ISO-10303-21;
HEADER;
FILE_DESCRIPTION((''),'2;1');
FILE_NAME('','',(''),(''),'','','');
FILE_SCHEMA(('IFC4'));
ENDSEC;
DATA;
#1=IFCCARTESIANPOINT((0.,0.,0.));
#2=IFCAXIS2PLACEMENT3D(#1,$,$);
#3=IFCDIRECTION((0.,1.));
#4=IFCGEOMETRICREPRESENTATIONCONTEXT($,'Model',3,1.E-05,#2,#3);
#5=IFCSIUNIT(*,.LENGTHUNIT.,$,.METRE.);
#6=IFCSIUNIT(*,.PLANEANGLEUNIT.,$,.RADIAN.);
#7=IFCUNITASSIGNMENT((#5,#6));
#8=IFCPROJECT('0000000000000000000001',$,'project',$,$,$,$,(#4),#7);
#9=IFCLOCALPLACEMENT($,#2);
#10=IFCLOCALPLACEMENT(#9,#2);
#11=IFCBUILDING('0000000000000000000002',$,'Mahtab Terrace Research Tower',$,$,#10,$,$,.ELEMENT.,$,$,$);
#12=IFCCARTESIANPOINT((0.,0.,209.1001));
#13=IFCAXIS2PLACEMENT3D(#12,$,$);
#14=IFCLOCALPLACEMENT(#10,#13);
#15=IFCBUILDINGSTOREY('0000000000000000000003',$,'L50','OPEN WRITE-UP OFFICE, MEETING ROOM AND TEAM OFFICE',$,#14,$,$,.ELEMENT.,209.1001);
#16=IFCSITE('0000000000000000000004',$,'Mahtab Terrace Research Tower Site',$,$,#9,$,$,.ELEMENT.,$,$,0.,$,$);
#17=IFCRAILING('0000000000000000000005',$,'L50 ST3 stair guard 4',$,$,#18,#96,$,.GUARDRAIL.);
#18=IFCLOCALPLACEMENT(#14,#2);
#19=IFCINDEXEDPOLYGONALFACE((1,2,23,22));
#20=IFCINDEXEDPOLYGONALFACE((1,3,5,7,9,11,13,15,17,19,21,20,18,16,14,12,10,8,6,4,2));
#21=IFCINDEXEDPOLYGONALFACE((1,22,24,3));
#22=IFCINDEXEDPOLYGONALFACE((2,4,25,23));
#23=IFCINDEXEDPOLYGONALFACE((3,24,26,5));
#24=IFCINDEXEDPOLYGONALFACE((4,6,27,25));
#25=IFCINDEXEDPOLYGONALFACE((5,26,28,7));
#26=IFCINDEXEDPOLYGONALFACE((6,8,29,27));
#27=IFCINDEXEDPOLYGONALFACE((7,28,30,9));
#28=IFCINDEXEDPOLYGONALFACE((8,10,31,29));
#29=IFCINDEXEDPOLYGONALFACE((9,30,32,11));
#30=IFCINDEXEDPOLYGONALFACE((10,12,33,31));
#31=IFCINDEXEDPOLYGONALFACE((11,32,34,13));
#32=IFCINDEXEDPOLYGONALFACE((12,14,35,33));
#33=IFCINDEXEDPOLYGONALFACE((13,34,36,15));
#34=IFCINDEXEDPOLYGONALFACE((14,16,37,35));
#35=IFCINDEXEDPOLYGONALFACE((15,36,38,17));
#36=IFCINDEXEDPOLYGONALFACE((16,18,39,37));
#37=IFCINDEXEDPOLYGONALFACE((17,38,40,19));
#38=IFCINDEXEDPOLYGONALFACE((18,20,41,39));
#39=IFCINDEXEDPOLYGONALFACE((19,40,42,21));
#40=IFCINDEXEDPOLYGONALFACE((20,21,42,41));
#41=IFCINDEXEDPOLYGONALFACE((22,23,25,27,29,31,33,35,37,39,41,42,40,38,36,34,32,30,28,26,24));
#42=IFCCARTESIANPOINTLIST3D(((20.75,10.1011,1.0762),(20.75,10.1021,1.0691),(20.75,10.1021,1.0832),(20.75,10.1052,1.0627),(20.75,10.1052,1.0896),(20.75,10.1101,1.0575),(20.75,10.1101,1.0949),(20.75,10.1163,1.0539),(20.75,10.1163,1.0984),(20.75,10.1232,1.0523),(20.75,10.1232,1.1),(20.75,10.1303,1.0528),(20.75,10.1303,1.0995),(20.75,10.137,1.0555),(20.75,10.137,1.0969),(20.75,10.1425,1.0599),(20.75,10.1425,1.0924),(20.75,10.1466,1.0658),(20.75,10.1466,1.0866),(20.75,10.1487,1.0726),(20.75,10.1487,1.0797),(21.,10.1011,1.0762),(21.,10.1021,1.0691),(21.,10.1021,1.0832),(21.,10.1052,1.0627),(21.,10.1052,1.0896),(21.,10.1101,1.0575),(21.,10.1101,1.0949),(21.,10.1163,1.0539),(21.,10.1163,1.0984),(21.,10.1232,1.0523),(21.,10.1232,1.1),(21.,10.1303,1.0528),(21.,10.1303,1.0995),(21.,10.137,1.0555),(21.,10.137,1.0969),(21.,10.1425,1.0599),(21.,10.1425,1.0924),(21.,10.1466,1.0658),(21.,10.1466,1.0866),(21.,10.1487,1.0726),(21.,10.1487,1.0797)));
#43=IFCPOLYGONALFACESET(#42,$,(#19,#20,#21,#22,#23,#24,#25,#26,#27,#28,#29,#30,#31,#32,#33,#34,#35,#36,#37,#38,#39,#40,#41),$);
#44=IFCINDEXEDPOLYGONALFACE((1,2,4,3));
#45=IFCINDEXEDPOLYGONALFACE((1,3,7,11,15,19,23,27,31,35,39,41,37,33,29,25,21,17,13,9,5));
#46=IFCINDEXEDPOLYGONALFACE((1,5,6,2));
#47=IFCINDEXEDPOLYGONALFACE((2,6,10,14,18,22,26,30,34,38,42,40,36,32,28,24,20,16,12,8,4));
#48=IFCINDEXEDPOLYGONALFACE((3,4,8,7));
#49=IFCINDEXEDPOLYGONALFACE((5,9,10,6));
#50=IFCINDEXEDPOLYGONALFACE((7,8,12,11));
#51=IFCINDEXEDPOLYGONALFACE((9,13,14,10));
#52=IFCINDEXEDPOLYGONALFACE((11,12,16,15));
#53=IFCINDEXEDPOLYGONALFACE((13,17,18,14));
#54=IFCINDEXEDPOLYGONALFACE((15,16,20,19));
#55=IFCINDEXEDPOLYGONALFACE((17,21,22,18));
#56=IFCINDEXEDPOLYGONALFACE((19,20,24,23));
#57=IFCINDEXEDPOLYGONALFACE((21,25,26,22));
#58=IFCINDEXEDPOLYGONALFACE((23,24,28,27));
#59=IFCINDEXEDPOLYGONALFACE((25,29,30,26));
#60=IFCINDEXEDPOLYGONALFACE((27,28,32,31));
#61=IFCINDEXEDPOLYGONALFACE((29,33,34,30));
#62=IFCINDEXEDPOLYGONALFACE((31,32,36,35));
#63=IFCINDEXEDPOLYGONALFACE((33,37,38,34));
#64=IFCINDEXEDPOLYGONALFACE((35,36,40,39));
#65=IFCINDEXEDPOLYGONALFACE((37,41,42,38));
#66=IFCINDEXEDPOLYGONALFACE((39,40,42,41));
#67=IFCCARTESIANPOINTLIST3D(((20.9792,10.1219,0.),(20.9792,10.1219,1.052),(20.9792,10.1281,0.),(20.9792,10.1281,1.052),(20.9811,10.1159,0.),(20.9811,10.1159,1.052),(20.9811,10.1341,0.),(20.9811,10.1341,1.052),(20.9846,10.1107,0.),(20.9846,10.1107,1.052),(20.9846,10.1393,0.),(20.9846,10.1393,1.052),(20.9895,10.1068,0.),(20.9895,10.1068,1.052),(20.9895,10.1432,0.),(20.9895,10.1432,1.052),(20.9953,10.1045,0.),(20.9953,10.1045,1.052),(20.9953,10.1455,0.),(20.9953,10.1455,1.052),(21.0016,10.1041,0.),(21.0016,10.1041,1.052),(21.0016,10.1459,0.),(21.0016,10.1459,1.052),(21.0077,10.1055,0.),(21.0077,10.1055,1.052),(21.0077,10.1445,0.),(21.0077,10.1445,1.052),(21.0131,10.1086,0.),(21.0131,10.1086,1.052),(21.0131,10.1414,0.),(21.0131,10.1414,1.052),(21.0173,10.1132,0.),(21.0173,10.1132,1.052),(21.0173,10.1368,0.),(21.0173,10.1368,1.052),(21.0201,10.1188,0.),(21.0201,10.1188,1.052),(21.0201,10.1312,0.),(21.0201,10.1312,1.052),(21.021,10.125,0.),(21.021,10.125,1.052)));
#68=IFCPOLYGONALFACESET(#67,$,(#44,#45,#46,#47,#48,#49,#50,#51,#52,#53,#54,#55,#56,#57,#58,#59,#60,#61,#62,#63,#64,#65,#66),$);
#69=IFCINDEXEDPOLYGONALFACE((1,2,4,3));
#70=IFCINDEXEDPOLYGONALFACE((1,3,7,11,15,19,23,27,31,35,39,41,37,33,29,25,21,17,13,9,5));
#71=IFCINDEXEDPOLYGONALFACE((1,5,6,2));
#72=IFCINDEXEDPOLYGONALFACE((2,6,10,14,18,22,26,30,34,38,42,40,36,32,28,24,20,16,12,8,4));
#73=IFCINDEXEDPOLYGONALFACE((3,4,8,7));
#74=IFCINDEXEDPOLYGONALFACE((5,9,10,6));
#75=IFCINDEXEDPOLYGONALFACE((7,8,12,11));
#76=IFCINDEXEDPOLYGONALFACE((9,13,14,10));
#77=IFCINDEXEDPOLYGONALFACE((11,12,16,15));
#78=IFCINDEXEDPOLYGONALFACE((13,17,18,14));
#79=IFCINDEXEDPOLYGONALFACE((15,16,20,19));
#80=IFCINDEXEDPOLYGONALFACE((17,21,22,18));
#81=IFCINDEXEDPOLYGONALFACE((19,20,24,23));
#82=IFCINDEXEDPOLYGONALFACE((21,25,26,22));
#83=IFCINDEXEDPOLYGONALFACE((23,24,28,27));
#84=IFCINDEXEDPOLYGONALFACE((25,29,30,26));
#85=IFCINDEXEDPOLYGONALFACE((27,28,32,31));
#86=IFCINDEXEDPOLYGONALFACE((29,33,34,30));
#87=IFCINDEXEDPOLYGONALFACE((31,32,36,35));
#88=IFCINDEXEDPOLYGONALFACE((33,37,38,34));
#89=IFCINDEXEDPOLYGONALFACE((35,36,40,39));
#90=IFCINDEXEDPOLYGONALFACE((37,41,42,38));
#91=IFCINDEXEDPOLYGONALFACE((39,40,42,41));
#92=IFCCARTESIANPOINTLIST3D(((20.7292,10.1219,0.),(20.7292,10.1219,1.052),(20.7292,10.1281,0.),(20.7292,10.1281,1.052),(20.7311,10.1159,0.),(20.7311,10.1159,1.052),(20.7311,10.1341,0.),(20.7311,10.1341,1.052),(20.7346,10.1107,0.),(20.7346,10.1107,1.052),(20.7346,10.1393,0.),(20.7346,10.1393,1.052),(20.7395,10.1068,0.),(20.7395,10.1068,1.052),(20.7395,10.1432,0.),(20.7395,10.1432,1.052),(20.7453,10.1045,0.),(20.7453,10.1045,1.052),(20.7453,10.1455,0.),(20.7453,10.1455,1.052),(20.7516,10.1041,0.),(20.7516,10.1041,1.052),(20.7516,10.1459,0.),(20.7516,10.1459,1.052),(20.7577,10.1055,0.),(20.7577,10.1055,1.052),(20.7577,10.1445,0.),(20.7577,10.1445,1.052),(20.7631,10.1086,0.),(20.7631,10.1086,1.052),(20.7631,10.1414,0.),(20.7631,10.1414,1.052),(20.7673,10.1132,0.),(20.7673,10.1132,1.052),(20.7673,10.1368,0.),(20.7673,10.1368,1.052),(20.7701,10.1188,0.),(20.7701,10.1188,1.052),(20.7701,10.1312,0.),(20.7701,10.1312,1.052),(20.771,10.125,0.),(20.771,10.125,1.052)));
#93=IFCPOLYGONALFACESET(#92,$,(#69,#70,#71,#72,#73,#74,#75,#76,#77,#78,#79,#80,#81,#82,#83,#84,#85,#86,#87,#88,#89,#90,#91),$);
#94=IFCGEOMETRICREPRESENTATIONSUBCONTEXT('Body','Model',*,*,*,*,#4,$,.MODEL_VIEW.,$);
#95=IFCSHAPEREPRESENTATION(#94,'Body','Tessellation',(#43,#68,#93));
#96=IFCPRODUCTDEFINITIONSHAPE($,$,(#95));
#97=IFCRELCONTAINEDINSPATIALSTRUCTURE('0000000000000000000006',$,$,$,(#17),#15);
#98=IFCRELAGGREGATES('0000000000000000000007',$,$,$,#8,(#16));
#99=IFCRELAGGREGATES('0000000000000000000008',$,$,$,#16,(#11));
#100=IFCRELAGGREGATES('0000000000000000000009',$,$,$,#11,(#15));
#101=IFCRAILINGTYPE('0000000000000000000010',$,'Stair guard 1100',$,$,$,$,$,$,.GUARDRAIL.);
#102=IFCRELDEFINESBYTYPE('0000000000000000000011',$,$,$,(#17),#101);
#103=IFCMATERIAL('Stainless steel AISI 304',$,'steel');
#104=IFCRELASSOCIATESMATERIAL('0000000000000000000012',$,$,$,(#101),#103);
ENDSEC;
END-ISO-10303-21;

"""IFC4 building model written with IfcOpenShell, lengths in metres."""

from ifc_helpers import new_model, si_unit, direction, frame, origin, origin_2d, place, context, subcontext, project, spatial, circle, extrude, material, type_object, element, save


model = new_model("IFC4")

# Units and contexts
model_context = context("Model", 3, precision=1e-05, world=origin(), true_north=direction((0.0, 1.0)))
body_context = subcontext(model_context, "Body", "Model", "MODEL_VIEW")
ifc_project = project(units=[si_unit("LENGTHUNIT", "METRE"), si_unit("PLANEANGLEUNIT", "RADIAN")], contexts=[model_context])

# Site, building, storey
site_placement = place(None, origin())
site = spatial("IfcSite", under=ifc_project, at=site_placement, Name="Mahtab Terrace Research Tower Site", CompositionType="ELEMENT", RefElevation=0.0)
building_placement = place(site_placement, origin())
building = spatial("IfcBuilding", under=site, at=building_placement, Name="Mahtab Terrace Research Tower", CompositionType="ELEMENT")
storey_placement = place(building_placement, frame((0.0, 0.0, 209.1001)))
storey = spatial("IfcBuildingStorey", under=building, at=storey_placement, Name="L50", Description="OPEN WRITE-UP OFFICE, MEETING ROOM AND TEAM OFFICE", CompositionType="ELEMENT", Elevation=209.1001)

# Shared definitions
ifc_material_1 = material(Name="Stainless steel AISI 304", Category="steel")

# Railing
railing_type_1 = type_object("IfcRailingType", Name="Stair guard 1100", PredefinedType="GUARDRAIL", material=ifc_material_1)
railing_1_placement = place(storey_placement, frame((21.0, 10.125, 0.0)))
element("IfcRailing", 1, at=railing_1_placement, inside=storey, type_object=railing_type_1, Name="L50 ST3 stair guard 4", PredefinedType="GUARDRAIL", context=body_context, shape_type="SweptSolid", body=[
    extrude(circle(Radius=0.0239, at=origin_2d()), frame((0.0, 0.0, 1.0762), z_axis=(-1.0, 0.0, 0.0), x_axis=(0.0, -1.0, 0.0)), (0.0, 0.0, 1.0), 0.25),
    extrude(circle(Radius=0.021, at=origin_2d()), origin(), (0.0, 0.0, 1.0), 1.052),
    extrude(circle(Radius=0.021, at=origin_2d()), frame((-0.25, 0.0, 0.0)), (0.0, 0.0, 1.0), 1.052),
])

save(model, "model.ifc")
